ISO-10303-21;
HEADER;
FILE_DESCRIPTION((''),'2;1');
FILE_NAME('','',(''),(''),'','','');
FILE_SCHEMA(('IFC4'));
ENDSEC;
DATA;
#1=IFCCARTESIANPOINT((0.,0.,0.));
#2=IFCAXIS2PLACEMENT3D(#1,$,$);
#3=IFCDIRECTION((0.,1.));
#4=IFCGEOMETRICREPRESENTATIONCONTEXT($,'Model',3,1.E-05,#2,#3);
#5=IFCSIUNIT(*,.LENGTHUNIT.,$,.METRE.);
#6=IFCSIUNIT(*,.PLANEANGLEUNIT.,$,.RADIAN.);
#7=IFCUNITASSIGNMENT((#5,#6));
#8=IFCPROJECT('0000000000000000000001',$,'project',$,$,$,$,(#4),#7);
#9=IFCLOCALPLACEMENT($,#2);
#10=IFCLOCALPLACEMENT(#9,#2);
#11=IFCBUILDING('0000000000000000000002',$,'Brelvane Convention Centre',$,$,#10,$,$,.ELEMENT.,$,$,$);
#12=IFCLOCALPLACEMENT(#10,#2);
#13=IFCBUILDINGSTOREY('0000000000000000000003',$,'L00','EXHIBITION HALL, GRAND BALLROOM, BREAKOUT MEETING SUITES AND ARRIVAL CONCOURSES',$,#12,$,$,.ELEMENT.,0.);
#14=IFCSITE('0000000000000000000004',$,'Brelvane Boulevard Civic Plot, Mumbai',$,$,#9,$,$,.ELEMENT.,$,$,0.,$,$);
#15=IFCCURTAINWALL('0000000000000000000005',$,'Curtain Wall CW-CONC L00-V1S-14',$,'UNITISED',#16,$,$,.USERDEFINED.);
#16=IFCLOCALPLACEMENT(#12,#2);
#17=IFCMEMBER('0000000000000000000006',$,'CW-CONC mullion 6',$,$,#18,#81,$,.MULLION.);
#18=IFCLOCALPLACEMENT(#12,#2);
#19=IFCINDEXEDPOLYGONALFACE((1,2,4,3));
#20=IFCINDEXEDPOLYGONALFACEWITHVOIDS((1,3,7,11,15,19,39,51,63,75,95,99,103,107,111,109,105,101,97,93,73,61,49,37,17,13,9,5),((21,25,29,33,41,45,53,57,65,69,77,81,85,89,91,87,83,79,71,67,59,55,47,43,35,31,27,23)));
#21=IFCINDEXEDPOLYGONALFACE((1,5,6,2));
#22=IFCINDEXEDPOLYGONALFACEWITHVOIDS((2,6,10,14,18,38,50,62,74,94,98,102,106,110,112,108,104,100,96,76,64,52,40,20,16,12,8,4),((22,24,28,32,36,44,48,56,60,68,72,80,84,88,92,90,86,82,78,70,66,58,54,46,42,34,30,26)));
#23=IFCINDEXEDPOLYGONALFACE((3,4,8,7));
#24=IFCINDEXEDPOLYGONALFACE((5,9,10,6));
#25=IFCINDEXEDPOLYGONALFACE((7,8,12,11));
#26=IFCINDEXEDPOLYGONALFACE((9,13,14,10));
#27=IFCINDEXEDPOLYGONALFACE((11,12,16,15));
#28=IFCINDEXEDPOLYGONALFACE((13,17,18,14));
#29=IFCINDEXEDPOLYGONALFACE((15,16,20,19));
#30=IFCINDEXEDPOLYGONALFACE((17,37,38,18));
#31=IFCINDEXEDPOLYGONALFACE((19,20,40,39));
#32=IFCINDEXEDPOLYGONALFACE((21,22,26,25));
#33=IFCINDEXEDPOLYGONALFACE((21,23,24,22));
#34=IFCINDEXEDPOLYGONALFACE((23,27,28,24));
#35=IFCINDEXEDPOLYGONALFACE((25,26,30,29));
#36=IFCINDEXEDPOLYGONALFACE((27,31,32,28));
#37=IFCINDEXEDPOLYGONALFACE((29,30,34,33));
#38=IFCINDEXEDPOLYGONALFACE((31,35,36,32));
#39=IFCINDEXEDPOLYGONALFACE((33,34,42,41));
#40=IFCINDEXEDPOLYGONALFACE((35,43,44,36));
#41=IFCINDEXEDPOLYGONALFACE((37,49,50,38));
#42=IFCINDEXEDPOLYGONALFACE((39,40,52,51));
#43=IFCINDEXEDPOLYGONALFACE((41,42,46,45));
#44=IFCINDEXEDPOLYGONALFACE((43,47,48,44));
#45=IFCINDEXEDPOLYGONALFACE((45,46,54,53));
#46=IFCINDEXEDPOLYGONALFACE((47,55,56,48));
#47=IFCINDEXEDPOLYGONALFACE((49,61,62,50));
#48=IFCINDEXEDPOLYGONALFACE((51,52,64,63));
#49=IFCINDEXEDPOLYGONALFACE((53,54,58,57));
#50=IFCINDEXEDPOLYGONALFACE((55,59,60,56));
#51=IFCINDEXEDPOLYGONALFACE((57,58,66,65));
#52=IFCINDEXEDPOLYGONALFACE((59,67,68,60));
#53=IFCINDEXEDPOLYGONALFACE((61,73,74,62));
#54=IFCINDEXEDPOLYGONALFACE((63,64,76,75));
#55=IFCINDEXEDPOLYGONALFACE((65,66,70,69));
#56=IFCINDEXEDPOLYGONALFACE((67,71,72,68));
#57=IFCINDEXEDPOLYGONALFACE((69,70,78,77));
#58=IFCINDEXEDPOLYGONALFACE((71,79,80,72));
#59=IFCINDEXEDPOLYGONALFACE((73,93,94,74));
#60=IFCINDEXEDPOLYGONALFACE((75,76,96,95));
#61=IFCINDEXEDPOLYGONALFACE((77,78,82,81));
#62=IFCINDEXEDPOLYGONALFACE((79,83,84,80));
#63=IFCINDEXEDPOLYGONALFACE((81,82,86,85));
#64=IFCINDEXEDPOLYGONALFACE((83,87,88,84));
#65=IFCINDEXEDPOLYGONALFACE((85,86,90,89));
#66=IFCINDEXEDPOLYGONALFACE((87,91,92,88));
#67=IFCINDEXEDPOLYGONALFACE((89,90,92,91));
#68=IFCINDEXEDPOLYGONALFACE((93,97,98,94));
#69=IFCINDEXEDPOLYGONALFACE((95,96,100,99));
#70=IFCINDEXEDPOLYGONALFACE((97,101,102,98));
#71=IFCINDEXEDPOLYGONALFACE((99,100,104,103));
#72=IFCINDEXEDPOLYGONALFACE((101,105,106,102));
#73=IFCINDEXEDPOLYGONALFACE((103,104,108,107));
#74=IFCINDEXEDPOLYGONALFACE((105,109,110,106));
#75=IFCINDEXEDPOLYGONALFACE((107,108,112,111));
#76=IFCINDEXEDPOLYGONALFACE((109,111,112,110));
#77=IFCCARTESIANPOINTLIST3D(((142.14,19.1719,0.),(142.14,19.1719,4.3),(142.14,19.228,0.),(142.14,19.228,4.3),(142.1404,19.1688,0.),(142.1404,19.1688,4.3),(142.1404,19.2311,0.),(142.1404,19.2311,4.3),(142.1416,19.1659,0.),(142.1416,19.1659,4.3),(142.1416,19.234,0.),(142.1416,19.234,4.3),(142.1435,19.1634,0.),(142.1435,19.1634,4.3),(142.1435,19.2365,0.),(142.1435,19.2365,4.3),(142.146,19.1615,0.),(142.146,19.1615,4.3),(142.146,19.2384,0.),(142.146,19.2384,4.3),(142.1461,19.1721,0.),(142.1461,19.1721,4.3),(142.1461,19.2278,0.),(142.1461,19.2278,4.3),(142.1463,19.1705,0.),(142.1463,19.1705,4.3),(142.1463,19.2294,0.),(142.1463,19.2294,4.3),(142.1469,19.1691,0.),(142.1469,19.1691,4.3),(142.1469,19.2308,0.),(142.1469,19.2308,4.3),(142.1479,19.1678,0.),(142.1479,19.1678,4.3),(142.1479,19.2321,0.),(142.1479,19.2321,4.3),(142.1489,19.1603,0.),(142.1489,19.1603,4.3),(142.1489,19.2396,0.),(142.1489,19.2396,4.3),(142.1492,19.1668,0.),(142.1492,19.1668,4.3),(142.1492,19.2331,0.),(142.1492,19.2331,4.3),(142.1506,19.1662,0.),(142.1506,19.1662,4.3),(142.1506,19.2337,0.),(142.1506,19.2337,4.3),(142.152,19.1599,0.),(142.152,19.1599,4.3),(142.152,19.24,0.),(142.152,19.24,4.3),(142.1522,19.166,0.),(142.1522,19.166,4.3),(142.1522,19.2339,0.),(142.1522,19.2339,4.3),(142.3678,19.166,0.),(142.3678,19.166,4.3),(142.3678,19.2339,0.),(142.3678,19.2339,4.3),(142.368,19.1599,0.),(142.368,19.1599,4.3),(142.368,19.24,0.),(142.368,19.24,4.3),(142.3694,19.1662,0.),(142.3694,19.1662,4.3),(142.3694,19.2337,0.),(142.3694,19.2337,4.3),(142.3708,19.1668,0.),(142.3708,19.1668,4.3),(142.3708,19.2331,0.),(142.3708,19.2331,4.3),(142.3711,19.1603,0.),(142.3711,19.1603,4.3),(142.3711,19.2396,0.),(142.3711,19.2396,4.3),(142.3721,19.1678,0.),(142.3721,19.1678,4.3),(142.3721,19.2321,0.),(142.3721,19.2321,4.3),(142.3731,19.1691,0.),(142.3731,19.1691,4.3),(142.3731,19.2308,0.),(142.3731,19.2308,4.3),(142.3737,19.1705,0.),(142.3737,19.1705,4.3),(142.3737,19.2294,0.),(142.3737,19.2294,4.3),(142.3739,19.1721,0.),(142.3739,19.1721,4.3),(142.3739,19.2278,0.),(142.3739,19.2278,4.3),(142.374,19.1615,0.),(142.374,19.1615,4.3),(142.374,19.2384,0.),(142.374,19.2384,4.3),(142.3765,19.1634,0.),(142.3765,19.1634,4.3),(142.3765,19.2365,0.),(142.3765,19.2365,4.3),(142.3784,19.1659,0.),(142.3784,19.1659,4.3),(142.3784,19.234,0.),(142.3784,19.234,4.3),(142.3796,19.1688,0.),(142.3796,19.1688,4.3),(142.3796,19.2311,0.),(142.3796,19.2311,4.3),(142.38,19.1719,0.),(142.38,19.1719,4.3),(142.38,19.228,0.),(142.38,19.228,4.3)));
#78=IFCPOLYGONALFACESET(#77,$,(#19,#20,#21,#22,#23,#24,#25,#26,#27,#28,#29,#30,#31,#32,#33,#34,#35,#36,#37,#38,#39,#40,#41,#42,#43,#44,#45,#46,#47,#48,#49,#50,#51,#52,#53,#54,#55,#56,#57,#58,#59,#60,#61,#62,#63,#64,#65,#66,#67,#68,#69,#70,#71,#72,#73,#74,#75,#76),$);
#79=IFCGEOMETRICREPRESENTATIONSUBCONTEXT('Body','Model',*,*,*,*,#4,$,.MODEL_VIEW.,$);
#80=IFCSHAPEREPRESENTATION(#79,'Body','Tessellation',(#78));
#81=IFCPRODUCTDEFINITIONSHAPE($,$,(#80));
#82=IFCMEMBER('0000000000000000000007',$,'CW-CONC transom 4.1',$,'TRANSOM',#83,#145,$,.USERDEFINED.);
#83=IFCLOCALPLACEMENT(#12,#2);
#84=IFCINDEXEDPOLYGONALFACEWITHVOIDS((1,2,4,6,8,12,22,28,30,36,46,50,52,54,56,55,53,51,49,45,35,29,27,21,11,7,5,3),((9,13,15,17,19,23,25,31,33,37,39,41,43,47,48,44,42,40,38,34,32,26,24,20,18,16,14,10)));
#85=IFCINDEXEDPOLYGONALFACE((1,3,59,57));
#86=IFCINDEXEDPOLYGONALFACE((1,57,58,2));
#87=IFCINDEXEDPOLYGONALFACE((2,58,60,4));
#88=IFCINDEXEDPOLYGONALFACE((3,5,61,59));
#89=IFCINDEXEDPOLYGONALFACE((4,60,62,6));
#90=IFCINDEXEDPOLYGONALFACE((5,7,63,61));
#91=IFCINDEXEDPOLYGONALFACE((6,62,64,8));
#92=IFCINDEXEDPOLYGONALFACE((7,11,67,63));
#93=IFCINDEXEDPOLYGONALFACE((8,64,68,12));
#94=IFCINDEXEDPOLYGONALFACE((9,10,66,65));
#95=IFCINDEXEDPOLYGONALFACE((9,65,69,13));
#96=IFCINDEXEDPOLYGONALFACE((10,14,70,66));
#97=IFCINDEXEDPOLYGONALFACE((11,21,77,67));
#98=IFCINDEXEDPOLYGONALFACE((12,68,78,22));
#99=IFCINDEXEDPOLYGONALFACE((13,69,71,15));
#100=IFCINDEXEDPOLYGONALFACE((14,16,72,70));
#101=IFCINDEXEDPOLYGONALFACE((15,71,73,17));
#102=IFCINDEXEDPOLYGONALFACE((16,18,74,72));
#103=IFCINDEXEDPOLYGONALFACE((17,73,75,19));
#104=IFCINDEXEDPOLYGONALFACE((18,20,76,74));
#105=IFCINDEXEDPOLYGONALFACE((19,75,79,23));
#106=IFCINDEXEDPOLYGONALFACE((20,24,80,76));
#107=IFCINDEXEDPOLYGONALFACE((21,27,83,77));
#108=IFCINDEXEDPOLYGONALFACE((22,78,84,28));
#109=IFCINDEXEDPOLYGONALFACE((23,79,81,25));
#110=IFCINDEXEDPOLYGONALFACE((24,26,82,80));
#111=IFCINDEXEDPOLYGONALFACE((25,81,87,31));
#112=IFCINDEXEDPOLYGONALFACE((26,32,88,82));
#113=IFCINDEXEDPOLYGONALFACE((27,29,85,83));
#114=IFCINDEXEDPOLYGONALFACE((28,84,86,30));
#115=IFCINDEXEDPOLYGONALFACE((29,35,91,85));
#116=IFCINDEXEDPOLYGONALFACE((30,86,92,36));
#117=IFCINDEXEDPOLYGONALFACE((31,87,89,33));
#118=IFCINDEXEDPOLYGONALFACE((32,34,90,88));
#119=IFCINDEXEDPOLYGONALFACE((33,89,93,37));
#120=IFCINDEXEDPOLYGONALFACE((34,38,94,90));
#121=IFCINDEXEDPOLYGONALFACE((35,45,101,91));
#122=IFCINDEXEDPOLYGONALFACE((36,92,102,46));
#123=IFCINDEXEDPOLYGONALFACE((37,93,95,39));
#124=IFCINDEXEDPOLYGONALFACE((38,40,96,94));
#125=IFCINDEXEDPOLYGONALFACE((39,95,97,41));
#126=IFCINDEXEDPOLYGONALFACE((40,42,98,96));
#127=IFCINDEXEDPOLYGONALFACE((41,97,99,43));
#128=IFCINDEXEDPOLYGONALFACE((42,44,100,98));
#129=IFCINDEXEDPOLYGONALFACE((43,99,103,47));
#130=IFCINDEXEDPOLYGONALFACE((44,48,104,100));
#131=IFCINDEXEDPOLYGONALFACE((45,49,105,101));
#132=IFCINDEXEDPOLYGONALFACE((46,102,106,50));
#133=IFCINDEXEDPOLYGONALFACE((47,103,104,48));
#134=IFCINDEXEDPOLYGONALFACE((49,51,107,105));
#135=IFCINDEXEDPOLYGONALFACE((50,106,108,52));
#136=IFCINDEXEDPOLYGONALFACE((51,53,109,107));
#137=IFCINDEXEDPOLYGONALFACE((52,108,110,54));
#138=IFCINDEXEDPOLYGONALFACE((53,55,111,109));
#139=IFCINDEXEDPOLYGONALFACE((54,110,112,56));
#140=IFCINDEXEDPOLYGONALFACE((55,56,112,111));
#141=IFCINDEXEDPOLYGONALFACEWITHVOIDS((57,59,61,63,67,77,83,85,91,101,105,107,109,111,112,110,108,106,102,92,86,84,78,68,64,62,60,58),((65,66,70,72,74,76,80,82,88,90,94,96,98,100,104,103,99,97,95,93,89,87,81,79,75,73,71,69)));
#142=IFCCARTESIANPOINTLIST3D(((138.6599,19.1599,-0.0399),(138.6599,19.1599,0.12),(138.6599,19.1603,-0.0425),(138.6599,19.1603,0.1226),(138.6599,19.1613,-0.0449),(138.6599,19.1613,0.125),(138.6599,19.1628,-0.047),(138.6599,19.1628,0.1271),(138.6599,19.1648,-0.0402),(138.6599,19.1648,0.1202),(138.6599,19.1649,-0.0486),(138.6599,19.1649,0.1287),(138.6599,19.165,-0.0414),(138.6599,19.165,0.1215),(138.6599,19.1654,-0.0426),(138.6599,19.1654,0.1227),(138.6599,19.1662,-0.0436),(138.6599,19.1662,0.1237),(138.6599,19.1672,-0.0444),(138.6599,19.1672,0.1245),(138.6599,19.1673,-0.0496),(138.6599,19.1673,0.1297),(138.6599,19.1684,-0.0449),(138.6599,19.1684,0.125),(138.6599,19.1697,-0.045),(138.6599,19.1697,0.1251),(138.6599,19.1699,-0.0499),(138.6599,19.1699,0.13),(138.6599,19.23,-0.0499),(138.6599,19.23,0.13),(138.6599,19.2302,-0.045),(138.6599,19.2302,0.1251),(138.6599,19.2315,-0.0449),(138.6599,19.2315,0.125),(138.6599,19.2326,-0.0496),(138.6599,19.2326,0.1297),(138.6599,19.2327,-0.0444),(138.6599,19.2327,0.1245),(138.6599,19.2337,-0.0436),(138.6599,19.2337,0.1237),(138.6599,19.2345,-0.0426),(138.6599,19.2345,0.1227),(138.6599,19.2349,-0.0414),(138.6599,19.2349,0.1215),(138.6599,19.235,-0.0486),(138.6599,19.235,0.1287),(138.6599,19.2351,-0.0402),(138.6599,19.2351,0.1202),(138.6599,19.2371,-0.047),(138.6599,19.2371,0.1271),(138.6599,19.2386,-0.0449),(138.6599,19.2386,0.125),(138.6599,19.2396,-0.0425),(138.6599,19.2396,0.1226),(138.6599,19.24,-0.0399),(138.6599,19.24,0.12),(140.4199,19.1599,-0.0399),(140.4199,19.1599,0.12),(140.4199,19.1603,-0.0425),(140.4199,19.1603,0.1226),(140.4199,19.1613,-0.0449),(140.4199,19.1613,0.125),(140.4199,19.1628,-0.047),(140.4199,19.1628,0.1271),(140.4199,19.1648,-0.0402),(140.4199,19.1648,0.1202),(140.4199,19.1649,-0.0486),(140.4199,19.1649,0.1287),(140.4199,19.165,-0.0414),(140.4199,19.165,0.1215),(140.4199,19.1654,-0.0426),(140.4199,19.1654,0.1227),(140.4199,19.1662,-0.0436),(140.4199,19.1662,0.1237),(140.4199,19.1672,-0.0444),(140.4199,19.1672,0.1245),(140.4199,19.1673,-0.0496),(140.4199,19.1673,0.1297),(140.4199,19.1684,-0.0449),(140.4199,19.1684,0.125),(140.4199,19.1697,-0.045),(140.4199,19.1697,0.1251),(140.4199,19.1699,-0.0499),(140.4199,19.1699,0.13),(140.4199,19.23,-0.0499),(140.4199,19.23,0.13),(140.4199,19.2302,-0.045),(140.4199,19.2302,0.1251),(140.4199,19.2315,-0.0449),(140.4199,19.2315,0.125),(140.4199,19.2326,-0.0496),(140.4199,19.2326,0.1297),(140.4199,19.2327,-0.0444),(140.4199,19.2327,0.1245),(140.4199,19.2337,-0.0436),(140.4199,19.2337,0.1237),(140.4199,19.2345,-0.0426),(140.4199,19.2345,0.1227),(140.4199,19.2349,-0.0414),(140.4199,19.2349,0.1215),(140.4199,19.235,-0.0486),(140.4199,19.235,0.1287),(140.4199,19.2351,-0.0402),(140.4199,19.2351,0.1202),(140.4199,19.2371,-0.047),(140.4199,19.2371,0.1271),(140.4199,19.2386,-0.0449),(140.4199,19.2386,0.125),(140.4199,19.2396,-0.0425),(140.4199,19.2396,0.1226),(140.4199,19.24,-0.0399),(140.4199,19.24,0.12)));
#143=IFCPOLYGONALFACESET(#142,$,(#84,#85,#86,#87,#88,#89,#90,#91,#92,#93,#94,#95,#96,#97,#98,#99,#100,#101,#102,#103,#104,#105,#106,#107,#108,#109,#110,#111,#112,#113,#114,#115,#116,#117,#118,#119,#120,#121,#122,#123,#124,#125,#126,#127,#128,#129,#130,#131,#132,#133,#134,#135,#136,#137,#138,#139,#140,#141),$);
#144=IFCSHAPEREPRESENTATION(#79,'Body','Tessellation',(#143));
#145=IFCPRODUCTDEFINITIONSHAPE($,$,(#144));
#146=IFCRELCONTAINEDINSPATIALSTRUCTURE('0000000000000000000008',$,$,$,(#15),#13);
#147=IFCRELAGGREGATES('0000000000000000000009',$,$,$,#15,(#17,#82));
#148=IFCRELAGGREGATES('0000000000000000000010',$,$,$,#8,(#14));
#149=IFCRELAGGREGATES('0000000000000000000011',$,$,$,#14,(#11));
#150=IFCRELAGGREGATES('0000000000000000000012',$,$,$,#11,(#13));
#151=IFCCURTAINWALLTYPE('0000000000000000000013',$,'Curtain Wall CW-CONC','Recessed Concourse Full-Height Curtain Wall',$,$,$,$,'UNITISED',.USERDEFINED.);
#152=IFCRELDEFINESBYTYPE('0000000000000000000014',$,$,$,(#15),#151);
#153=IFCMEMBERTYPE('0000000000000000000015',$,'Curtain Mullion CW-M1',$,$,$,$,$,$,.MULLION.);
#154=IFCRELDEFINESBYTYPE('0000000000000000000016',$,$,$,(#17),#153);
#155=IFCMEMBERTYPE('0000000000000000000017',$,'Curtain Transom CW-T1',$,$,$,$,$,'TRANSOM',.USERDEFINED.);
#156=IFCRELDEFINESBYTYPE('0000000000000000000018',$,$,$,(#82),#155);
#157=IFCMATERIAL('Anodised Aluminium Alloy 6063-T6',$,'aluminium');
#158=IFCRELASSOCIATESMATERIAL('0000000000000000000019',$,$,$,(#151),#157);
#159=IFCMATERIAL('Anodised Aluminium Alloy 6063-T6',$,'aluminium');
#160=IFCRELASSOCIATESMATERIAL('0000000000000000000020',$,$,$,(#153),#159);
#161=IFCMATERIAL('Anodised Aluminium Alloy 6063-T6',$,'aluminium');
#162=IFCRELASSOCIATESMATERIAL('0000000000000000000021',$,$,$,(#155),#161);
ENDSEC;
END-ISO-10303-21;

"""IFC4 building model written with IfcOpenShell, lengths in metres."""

from ifc_helpers import new_model, si_unit, direction, frame, origin, origin_2d, place, context, subcontext, project, spatial, hollow_rectangle, extrude, material, material_profile, profile_set, type_object, element, aggregate, save


model = new_model("IFC4")

# Units and contexts
model_context = context("Model", 3, precision=1e-05, world=origin(), true_north=direction((0.0, 1.0)))
body_context = subcontext(model_context, "Body", "Model", "MODEL_VIEW")
ifc_project = project(units=[si_unit("LENGTHUNIT", "METRE"), si_unit("PLANEANGLEUNIT", "RADIAN")], contexts=[model_context])

# Site, building, storey
site_placement = place(None, origin())
site = spatial("IfcSite", under=ifc_project, at=site_placement, Name="Brelvane Boulevard Civic Plot, Mumbai", CompositionType="ELEMENT", RefElevation=0.0)
building_placement = place(site_placement, origin())
building = spatial("IfcBuilding", under=site, at=building_placement, Name="Brelvane Convention Centre", CompositionType="ELEMENT")
storey_placement = place(building_placement, origin())
storey = spatial("IfcBuildingStorey", under=building, at=storey_placement, Name="L00", Description="EXHIBITION HALL, GRAND BALLROOM, BREAKOUT MEETING SUITES AND ARRIVAL CONCOURSES", CompositionType="ELEMENT", Elevation=0.0)

# Curtain wall, members
ifc_material_1 = material(Name="Anodised Aluminium Alloy 6063-T6", Category="aluminium")
curtain_wall_type = type_object("IfcCurtainWallType", Name="Curtain Wall CW-CONC", Description="Recessed Concourse Full-Height Curtain Wall", ElementType="UNITISED", PredefinedType="USERDEFINED", material=ifc_material_1)
curtain_wall_placement = place(storey_placement, origin())
curtain_wall = element("IfcCurtainWall", 1, at=curtain_wall_placement, inside=storey, type_object=curtain_wall_type, Name="Curtain Wall CW-CONC L00-V1S-14", ObjectType="UNITISED", PredefinedType="USERDEFINED")
ifc_material_2 = material(Name="Anodised Aluminium Alloy 6063-T6", Category="aluminium")
ifc_material_profile_1 = material_profile(ifc_material_2, hollow_rectangle(XDim=0.0801, YDim=0.24, WallThickness=0.0061, InnerFilletRadius=0.0061, OuterFilletRadius=0.012, at=origin_2d()), Name="ALU-M 240x80x6.0")
ifc_profile_set_1 = profile_set([ifc_material_profile_1], Name="Anodised Aluminium Alloy 6063-T6")
member_type_1 = type_object("IfcMemberType", Name="Curtain Mullion CW-M1", PredefinedType="MULLION", material=ifc_profile_set_1)
member_1_placement = place(storey_placement, frame((142.26, 19.2, 0.0), z_axis=(0.0, 0.0, 1.0), x_axis=(0.0, 1.0, 0.0)))
member_1 = element("IfcMember", 2, at=member_1_placement, type_object=member_type_1, Name="CW-CONC mullion 6", PredefinedType="MULLION", context=body_context, shape_type="SweptSolid", body=[
    extrude(hollow_rectangle(XDim=0.0801, YDim=0.24, WallThickness=0.0061, InnerFilletRadius=0.0061, OuterFilletRadius=0.012, at=origin_2d()), origin(), (0.0, 0.0, 1.0), 4.3),
])
ifc_material_3 = material(Name="Anodised Aluminium Alloy 6063-T6", Category="aluminium")
ifc_material_profile_2 = material_profile(ifc_material_3, hollow_rectangle(XDim=0.0801, YDim=0.1799, WallThickness=0.0049, InnerFilletRadius=0.0049, OuterFilletRadius=0.01, at=origin_2d()), Name="ALU-T 180x80x5.0")
ifc_profile_set_2 = profile_set([ifc_material_profile_2], Name="Anodised Aluminium Alloy 6063-T6")
member_type_2 = type_object("IfcMemberType", Name="Curtain Transom CW-T1", ElementType="TRANSOM", PredefinedType="USERDEFINED", material=ifc_profile_set_2)
member_2_placement = place(storey_placement, frame((138.6599, 19.2, 0.04), z_axis=(1.0, 0.0, 0.0), x_axis=(0.0, 1.0, 0.0)))
member_2 = element("IfcMember", 3, at=member_2_placement, type_object=member_type_2, Name="CW-CONC transom 4.1", ObjectType="TRANSOM", PredefinedType="USERDEFINED", context=body_context, shape_type="SweptSolid", body=[
    extrude(hollow_rectangle(XDim=0.0801, YDim=0.1799, WallThickness=0.0049, InnerFilletRadius=0.0049, OuterFilletRadius=0.01, at=origin_2d()), origin(), (0.0, 0.0, 1.0), 1.76),
])
aggregate(curtain_wall, [member_1, member_2])

save(model, "model.ifc")
